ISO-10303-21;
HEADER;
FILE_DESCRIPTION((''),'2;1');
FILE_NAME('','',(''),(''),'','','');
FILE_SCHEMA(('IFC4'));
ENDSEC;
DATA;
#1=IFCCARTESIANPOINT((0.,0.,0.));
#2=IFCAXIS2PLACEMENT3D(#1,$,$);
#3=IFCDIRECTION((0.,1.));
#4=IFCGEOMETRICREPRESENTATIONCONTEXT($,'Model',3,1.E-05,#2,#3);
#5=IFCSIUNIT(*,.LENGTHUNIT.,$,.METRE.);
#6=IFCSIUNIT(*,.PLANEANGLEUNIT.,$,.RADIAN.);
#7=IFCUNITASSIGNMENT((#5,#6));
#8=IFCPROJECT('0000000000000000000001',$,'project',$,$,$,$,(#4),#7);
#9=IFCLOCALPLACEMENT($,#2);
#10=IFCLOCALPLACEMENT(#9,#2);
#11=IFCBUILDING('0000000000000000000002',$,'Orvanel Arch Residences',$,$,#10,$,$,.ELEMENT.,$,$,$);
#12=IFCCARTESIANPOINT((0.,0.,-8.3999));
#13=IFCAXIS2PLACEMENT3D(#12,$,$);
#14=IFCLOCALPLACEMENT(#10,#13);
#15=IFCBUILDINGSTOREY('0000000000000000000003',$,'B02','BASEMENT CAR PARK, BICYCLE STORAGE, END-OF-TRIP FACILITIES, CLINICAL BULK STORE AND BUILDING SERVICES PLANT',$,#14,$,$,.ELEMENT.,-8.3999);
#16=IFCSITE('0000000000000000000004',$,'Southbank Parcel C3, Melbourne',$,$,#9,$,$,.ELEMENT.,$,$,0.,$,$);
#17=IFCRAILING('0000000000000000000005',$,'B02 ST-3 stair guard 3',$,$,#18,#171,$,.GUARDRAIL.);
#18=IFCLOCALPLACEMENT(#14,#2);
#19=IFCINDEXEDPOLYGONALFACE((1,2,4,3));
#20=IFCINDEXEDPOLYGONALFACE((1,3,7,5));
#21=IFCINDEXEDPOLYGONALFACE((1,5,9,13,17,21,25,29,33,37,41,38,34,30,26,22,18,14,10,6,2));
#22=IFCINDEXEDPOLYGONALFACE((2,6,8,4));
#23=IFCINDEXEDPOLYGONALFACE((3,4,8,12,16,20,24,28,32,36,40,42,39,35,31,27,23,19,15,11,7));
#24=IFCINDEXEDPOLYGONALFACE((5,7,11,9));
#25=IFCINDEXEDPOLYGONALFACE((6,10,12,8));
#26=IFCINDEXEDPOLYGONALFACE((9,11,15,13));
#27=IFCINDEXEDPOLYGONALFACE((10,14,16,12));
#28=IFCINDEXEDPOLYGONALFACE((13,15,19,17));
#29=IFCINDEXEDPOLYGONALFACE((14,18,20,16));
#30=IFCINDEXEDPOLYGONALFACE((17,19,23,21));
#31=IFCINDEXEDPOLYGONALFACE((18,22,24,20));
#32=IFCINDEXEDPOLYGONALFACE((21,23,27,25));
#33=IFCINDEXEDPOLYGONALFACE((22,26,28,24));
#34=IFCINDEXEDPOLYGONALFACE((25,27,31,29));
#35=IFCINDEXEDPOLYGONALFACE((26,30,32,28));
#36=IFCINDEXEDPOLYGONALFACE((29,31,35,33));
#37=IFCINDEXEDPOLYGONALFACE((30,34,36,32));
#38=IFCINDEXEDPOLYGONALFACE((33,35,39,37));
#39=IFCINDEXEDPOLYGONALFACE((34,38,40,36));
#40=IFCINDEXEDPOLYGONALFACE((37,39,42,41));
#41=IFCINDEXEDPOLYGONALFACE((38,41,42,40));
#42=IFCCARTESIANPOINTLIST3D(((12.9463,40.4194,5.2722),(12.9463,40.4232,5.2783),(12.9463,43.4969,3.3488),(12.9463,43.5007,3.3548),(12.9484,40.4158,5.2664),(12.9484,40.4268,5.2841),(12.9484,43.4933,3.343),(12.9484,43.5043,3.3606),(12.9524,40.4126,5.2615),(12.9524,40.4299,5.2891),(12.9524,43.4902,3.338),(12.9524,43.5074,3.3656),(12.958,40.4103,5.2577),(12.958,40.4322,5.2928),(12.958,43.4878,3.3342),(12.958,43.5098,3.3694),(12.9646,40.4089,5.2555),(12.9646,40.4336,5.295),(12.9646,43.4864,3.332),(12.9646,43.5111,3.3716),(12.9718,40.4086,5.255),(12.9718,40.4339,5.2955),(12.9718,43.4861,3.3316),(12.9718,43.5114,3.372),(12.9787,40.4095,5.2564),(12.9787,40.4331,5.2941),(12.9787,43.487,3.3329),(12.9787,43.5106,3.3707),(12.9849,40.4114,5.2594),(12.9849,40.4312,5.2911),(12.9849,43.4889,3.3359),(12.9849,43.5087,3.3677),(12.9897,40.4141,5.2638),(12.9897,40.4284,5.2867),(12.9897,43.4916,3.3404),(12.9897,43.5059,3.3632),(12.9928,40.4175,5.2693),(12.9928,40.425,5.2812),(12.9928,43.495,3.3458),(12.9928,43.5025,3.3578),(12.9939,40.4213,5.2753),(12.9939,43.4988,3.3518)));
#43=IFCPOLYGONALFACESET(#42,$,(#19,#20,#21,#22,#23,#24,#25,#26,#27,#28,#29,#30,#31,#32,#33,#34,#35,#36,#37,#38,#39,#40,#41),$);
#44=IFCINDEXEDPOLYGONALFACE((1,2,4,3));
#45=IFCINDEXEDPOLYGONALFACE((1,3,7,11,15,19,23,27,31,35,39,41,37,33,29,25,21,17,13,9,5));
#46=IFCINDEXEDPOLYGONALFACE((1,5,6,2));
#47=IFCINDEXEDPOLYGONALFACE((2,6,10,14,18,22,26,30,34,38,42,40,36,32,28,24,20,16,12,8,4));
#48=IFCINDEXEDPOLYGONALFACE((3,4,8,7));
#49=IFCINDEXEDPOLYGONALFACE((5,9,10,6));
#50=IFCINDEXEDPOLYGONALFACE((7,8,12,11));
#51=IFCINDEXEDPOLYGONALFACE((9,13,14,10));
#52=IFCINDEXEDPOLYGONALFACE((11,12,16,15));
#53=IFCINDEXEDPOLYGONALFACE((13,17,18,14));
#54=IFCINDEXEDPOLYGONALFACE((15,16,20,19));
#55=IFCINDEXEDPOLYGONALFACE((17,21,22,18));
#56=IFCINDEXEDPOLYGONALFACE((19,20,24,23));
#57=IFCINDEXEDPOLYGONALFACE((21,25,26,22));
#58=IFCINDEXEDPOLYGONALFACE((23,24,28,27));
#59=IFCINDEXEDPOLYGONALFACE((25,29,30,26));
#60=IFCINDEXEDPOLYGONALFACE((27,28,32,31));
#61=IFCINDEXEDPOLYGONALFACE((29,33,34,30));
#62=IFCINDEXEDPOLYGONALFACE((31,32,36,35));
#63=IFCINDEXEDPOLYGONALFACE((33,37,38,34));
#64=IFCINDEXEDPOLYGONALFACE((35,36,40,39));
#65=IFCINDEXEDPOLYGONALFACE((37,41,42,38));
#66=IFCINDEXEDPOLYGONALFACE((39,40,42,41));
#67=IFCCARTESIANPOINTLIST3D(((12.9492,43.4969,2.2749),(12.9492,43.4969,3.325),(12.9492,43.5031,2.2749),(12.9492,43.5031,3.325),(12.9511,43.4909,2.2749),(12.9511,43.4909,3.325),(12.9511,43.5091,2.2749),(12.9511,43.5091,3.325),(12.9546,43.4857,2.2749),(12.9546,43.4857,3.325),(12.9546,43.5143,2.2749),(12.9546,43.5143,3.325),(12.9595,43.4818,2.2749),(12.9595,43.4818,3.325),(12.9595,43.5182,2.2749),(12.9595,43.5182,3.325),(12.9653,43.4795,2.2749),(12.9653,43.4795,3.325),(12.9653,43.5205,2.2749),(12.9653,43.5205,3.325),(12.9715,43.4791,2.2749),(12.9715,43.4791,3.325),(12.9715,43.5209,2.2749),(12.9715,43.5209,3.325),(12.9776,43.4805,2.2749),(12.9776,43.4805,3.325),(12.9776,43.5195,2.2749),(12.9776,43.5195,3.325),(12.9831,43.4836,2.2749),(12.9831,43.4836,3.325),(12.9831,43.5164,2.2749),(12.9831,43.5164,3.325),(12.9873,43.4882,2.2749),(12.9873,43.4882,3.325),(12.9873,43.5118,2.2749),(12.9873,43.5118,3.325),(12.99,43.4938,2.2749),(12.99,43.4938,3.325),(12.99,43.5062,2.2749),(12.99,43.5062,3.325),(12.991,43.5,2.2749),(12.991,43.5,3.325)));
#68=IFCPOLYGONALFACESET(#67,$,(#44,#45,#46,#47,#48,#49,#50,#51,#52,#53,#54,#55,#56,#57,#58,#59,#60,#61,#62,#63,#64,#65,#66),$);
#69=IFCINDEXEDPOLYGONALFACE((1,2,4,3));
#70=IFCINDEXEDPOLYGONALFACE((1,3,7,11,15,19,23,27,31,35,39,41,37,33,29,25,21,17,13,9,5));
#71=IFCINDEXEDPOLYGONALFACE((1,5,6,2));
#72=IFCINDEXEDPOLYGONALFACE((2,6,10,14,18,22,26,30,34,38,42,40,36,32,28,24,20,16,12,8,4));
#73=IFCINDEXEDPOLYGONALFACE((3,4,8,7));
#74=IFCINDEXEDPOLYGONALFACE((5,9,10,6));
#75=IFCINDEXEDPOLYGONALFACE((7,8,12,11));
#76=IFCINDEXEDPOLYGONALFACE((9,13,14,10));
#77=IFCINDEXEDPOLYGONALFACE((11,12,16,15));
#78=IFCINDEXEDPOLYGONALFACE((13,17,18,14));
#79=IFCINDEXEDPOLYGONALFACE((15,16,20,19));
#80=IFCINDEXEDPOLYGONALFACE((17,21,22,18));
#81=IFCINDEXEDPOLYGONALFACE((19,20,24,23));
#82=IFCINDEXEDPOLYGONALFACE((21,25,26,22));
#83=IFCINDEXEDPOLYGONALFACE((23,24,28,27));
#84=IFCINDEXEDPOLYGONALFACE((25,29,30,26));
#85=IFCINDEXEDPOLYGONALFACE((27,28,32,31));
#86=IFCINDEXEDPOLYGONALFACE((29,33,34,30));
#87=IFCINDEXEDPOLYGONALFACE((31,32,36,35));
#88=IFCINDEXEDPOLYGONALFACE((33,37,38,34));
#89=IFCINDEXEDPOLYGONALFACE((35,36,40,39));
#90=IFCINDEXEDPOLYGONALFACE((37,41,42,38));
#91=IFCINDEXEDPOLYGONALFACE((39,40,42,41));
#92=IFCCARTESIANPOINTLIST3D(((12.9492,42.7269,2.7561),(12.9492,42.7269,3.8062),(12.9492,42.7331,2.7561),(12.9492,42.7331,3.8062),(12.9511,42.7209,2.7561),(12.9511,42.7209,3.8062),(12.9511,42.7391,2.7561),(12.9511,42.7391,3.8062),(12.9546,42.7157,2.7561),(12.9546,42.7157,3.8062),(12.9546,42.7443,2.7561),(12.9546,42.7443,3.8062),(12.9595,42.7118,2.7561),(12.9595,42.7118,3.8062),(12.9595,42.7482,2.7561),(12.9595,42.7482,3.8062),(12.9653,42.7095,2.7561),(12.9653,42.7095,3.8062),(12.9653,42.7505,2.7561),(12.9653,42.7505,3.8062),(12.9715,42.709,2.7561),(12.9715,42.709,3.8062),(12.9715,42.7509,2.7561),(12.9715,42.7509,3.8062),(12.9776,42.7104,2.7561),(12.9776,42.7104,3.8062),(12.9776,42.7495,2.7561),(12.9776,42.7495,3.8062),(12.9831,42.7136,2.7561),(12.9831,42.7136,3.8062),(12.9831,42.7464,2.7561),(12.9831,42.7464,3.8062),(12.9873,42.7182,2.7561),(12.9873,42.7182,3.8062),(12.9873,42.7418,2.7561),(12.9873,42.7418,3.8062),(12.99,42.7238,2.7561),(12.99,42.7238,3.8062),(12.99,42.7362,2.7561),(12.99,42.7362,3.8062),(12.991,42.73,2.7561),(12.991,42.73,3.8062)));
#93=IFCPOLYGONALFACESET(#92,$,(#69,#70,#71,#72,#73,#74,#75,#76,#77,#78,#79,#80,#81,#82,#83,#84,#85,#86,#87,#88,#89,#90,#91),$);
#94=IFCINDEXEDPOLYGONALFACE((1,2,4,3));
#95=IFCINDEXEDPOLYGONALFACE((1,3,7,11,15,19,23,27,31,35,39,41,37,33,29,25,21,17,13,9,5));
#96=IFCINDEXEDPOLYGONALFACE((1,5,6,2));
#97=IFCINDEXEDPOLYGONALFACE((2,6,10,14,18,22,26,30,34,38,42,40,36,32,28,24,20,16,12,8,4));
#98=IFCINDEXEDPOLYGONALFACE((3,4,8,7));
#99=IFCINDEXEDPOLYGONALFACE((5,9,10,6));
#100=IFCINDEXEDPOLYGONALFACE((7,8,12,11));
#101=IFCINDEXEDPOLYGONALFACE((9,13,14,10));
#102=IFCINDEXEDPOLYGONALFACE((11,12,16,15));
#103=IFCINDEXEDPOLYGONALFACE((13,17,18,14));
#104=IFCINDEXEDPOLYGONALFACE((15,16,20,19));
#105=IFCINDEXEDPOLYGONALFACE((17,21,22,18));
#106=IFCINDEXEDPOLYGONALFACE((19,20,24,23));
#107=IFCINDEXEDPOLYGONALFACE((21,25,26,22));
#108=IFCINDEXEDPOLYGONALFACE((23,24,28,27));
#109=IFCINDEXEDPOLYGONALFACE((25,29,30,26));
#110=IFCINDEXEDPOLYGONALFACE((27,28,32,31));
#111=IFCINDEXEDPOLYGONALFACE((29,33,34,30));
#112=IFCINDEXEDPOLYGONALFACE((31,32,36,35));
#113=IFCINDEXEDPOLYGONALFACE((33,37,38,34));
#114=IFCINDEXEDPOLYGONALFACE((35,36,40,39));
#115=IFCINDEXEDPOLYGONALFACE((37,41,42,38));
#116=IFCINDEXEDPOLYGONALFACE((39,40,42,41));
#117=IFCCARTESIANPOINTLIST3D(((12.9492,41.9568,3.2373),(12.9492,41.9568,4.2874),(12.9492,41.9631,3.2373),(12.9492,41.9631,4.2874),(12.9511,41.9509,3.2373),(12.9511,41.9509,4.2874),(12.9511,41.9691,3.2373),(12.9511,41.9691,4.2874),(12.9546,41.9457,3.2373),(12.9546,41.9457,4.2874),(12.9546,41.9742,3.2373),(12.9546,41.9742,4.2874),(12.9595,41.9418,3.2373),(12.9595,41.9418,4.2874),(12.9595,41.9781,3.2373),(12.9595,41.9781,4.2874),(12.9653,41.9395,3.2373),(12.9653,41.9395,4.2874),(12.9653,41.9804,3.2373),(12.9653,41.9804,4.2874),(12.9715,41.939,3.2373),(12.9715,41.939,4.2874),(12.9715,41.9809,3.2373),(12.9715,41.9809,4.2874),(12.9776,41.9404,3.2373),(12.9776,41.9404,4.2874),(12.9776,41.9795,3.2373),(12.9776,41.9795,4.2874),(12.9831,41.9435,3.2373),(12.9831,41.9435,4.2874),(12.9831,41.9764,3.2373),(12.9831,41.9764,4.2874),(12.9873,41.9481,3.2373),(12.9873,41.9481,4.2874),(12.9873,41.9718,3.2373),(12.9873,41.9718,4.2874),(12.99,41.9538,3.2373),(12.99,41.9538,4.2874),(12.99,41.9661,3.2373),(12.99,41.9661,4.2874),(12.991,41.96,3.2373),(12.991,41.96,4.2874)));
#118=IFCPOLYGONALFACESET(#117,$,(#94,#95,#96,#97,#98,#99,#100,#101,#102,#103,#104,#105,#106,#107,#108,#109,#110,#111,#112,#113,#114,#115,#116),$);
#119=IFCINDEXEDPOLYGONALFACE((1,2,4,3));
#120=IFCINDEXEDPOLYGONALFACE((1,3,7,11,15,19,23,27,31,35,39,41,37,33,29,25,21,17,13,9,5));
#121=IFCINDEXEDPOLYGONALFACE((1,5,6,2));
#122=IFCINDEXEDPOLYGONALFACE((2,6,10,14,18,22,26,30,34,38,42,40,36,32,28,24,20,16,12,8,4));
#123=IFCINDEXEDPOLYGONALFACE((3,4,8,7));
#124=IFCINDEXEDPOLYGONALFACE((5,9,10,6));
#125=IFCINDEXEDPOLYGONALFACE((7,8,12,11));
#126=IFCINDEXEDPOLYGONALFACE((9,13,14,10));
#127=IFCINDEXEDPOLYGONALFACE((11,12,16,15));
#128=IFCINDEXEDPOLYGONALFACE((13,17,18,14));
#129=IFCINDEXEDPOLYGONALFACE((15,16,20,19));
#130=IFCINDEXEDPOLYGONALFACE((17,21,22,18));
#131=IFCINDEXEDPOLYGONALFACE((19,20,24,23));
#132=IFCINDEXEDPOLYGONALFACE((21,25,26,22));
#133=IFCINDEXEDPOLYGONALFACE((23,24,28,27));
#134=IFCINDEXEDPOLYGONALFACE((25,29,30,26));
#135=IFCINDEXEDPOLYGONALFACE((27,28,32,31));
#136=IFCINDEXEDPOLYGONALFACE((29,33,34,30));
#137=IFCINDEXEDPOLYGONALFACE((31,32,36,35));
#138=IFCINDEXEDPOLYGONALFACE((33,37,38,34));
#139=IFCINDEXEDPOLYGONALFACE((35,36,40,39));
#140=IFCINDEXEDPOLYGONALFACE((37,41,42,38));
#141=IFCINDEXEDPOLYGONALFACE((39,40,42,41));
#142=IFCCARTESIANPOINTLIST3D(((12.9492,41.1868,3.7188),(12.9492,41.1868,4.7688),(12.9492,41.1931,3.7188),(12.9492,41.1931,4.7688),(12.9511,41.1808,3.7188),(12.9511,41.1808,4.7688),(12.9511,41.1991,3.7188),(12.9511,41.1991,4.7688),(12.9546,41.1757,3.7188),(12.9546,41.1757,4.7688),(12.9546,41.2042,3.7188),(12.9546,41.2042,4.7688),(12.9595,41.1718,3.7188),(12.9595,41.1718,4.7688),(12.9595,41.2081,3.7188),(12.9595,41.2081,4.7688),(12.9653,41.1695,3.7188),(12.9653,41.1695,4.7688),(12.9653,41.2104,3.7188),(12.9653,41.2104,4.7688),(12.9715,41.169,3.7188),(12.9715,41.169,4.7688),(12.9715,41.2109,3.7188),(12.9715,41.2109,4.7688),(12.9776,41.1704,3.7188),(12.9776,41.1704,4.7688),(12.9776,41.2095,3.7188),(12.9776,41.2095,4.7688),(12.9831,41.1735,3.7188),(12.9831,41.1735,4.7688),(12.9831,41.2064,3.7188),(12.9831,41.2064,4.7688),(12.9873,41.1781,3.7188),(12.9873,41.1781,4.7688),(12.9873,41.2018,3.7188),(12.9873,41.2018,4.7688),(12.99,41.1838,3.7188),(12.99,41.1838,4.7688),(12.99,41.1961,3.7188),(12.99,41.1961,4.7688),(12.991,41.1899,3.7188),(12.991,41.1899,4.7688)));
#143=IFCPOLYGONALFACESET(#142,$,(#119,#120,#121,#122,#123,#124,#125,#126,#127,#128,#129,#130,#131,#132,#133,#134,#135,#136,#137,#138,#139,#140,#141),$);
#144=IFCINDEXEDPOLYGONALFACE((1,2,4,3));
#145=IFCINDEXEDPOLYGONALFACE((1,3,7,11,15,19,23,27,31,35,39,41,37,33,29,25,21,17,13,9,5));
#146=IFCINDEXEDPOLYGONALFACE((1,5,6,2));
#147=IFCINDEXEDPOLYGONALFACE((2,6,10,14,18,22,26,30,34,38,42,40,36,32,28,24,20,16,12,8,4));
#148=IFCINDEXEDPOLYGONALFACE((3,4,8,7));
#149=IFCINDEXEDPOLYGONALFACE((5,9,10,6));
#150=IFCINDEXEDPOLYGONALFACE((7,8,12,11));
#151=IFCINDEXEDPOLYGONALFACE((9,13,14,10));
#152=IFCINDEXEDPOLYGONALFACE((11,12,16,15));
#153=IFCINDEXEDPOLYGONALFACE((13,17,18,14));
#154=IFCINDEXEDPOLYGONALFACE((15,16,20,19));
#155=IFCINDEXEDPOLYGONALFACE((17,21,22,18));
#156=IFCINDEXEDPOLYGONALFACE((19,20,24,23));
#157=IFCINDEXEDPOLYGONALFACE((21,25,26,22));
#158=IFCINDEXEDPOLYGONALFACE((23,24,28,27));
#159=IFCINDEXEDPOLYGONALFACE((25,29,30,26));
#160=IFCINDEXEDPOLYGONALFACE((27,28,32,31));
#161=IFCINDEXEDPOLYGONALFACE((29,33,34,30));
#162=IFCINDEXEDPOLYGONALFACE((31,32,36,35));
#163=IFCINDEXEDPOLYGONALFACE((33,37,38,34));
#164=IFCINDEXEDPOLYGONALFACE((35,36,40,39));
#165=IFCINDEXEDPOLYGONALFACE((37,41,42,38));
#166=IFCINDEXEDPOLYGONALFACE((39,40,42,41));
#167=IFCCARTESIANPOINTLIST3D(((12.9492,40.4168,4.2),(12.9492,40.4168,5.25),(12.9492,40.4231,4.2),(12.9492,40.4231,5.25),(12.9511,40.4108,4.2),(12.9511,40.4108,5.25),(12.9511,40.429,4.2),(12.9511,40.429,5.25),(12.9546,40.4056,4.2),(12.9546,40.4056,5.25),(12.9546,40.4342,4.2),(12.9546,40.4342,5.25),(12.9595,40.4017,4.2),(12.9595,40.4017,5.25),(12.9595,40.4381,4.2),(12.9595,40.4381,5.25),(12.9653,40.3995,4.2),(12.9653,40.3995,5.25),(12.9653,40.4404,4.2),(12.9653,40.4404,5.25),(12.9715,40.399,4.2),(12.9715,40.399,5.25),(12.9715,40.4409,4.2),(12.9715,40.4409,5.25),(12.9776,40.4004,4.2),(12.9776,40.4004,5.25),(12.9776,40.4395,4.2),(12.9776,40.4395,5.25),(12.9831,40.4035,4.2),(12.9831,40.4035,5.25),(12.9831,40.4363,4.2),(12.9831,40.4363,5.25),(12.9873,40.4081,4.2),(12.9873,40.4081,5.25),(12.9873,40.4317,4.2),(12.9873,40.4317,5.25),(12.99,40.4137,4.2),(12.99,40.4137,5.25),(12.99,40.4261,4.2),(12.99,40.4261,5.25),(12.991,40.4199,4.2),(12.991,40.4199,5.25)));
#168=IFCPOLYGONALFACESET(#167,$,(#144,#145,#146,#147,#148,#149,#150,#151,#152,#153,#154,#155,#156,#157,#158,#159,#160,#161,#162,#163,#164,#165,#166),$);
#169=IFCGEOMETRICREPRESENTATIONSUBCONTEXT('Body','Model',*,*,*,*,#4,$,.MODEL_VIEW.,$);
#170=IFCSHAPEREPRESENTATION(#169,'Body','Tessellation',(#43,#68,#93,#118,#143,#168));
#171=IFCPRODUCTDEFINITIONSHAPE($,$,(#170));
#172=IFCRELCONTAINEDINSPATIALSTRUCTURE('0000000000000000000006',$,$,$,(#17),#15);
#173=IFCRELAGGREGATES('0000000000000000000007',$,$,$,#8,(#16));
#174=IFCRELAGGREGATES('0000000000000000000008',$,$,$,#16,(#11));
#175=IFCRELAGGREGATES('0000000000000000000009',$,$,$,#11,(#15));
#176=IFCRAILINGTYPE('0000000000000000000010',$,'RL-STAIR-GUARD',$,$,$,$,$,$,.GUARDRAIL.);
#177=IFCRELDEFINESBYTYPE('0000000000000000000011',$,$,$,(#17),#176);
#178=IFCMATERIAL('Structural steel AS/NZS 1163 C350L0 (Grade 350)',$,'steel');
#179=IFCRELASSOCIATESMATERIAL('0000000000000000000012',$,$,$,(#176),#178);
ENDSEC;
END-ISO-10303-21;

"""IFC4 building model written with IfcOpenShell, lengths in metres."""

from ifc_helpers import new_model, si_unit, direction, frame, origin, origin_2d, place, context, subcontext, project, spatial, circle, extrude, material, type_object, element, save


model = new_model("IFC4")

# Units and contexts
model_context = context("Model", 3, precision=1e-05, world=origin(), true_north=direction((0.0, 1.0)))
body_context = subcontext(model_context, "Body", "Model", "MODEL_VIEW")
ifc_project = project(units=[si_unit("LENGTHUNIT", "METRE"), si_unit("PLANEANGLEUNIT", "RADIAN")], contexts=[model_context])

# Site, building, storey
site_placement = place(None, origin())
site = spatial("IfcSite", under=ifc_project, at=site_placement, Name="Southbank Parcel C3, Melbourne", CompositionType="ELEMENT", RefElevation=0.0)
building_placement = place(site_placement, origin())
building = spatial("IfcBuilding", under=site, at=building_placement, Name="Orvanel Arch Residences", CompositionType="ELEMENT")
storey_placement = place(building_placement, frame((0.0, 0.0, -8.3999)))
storey = spatial("IfcBuildingStorey", under=building, at=storey_placement, Name="B02", Description="BASEMENT CAR PARK, BICYCLE STORAGE, END-OF-TRIP FACILITIES, CLINICAL BULK STORE AND BUILDING SERVICES PLANT", CompositionType="ELEMENT", Elevation=-8.3999)

# Railing
ifc_material_1 = material(Name="Structural steel AS/NZS 1163 C350L0 (Grade 350)", Category="steel")
railing_type_1 = type_object("IfcRailingType", Name="RL-STAIR-GUARD", PredefinedType="GUARDRAIL", material=ifc_material_1)
railing_1_placement = place(storey_placement, frame((12.97, 43.5, 2.2749)))
element("IfcRailing", 1, at=railing_1_placement, inside=storey, type_object=railing_type_1, Name="B02 ST-3 stair guard 3", PredefinedType="GUARDRAIL", context=body_context, shape_type="SweptSolid", body=[
    extrude(circle(Radius=0.0239, at=origin_2d()), frame((0.0, -0.0012, 1.0769), z_axis=(0.0, -0.847998, 0.529999), x_axis=(1.0, 0.0, 0.0)), (0.0, 0.0, 1.0), 3.6292),
    extrude(circle(Radius=0.021, at=origin_2d()), origin(), (0.0, 0.0, 1.0), 1.05),
    extrude(circle(Radius=0.021, at=origin_2d()), frame((0.0, -0.77, 0.4812)), (0.0, 0.0, 1.0), 1.05),
    extrude(circle(Radius=0.021, at=origin_2d()), frame((0.0, -1.54, 0.9624)), (0.0, 0.0, 1.0), 1.05),
    extrude(circle(Radius=0.021, at=origin_2d()), frame((0.0, -2.3101, 1.4438)), (0.0, 0.0, 1.0), 1.05),
    extrude(circle(Radius=0.021, at=origin_2d()), frame((0.0, -3.0801, 1.925)), (0.0, 0.0, 1.0), 1.05),
])

save(model, "model.ifc")
